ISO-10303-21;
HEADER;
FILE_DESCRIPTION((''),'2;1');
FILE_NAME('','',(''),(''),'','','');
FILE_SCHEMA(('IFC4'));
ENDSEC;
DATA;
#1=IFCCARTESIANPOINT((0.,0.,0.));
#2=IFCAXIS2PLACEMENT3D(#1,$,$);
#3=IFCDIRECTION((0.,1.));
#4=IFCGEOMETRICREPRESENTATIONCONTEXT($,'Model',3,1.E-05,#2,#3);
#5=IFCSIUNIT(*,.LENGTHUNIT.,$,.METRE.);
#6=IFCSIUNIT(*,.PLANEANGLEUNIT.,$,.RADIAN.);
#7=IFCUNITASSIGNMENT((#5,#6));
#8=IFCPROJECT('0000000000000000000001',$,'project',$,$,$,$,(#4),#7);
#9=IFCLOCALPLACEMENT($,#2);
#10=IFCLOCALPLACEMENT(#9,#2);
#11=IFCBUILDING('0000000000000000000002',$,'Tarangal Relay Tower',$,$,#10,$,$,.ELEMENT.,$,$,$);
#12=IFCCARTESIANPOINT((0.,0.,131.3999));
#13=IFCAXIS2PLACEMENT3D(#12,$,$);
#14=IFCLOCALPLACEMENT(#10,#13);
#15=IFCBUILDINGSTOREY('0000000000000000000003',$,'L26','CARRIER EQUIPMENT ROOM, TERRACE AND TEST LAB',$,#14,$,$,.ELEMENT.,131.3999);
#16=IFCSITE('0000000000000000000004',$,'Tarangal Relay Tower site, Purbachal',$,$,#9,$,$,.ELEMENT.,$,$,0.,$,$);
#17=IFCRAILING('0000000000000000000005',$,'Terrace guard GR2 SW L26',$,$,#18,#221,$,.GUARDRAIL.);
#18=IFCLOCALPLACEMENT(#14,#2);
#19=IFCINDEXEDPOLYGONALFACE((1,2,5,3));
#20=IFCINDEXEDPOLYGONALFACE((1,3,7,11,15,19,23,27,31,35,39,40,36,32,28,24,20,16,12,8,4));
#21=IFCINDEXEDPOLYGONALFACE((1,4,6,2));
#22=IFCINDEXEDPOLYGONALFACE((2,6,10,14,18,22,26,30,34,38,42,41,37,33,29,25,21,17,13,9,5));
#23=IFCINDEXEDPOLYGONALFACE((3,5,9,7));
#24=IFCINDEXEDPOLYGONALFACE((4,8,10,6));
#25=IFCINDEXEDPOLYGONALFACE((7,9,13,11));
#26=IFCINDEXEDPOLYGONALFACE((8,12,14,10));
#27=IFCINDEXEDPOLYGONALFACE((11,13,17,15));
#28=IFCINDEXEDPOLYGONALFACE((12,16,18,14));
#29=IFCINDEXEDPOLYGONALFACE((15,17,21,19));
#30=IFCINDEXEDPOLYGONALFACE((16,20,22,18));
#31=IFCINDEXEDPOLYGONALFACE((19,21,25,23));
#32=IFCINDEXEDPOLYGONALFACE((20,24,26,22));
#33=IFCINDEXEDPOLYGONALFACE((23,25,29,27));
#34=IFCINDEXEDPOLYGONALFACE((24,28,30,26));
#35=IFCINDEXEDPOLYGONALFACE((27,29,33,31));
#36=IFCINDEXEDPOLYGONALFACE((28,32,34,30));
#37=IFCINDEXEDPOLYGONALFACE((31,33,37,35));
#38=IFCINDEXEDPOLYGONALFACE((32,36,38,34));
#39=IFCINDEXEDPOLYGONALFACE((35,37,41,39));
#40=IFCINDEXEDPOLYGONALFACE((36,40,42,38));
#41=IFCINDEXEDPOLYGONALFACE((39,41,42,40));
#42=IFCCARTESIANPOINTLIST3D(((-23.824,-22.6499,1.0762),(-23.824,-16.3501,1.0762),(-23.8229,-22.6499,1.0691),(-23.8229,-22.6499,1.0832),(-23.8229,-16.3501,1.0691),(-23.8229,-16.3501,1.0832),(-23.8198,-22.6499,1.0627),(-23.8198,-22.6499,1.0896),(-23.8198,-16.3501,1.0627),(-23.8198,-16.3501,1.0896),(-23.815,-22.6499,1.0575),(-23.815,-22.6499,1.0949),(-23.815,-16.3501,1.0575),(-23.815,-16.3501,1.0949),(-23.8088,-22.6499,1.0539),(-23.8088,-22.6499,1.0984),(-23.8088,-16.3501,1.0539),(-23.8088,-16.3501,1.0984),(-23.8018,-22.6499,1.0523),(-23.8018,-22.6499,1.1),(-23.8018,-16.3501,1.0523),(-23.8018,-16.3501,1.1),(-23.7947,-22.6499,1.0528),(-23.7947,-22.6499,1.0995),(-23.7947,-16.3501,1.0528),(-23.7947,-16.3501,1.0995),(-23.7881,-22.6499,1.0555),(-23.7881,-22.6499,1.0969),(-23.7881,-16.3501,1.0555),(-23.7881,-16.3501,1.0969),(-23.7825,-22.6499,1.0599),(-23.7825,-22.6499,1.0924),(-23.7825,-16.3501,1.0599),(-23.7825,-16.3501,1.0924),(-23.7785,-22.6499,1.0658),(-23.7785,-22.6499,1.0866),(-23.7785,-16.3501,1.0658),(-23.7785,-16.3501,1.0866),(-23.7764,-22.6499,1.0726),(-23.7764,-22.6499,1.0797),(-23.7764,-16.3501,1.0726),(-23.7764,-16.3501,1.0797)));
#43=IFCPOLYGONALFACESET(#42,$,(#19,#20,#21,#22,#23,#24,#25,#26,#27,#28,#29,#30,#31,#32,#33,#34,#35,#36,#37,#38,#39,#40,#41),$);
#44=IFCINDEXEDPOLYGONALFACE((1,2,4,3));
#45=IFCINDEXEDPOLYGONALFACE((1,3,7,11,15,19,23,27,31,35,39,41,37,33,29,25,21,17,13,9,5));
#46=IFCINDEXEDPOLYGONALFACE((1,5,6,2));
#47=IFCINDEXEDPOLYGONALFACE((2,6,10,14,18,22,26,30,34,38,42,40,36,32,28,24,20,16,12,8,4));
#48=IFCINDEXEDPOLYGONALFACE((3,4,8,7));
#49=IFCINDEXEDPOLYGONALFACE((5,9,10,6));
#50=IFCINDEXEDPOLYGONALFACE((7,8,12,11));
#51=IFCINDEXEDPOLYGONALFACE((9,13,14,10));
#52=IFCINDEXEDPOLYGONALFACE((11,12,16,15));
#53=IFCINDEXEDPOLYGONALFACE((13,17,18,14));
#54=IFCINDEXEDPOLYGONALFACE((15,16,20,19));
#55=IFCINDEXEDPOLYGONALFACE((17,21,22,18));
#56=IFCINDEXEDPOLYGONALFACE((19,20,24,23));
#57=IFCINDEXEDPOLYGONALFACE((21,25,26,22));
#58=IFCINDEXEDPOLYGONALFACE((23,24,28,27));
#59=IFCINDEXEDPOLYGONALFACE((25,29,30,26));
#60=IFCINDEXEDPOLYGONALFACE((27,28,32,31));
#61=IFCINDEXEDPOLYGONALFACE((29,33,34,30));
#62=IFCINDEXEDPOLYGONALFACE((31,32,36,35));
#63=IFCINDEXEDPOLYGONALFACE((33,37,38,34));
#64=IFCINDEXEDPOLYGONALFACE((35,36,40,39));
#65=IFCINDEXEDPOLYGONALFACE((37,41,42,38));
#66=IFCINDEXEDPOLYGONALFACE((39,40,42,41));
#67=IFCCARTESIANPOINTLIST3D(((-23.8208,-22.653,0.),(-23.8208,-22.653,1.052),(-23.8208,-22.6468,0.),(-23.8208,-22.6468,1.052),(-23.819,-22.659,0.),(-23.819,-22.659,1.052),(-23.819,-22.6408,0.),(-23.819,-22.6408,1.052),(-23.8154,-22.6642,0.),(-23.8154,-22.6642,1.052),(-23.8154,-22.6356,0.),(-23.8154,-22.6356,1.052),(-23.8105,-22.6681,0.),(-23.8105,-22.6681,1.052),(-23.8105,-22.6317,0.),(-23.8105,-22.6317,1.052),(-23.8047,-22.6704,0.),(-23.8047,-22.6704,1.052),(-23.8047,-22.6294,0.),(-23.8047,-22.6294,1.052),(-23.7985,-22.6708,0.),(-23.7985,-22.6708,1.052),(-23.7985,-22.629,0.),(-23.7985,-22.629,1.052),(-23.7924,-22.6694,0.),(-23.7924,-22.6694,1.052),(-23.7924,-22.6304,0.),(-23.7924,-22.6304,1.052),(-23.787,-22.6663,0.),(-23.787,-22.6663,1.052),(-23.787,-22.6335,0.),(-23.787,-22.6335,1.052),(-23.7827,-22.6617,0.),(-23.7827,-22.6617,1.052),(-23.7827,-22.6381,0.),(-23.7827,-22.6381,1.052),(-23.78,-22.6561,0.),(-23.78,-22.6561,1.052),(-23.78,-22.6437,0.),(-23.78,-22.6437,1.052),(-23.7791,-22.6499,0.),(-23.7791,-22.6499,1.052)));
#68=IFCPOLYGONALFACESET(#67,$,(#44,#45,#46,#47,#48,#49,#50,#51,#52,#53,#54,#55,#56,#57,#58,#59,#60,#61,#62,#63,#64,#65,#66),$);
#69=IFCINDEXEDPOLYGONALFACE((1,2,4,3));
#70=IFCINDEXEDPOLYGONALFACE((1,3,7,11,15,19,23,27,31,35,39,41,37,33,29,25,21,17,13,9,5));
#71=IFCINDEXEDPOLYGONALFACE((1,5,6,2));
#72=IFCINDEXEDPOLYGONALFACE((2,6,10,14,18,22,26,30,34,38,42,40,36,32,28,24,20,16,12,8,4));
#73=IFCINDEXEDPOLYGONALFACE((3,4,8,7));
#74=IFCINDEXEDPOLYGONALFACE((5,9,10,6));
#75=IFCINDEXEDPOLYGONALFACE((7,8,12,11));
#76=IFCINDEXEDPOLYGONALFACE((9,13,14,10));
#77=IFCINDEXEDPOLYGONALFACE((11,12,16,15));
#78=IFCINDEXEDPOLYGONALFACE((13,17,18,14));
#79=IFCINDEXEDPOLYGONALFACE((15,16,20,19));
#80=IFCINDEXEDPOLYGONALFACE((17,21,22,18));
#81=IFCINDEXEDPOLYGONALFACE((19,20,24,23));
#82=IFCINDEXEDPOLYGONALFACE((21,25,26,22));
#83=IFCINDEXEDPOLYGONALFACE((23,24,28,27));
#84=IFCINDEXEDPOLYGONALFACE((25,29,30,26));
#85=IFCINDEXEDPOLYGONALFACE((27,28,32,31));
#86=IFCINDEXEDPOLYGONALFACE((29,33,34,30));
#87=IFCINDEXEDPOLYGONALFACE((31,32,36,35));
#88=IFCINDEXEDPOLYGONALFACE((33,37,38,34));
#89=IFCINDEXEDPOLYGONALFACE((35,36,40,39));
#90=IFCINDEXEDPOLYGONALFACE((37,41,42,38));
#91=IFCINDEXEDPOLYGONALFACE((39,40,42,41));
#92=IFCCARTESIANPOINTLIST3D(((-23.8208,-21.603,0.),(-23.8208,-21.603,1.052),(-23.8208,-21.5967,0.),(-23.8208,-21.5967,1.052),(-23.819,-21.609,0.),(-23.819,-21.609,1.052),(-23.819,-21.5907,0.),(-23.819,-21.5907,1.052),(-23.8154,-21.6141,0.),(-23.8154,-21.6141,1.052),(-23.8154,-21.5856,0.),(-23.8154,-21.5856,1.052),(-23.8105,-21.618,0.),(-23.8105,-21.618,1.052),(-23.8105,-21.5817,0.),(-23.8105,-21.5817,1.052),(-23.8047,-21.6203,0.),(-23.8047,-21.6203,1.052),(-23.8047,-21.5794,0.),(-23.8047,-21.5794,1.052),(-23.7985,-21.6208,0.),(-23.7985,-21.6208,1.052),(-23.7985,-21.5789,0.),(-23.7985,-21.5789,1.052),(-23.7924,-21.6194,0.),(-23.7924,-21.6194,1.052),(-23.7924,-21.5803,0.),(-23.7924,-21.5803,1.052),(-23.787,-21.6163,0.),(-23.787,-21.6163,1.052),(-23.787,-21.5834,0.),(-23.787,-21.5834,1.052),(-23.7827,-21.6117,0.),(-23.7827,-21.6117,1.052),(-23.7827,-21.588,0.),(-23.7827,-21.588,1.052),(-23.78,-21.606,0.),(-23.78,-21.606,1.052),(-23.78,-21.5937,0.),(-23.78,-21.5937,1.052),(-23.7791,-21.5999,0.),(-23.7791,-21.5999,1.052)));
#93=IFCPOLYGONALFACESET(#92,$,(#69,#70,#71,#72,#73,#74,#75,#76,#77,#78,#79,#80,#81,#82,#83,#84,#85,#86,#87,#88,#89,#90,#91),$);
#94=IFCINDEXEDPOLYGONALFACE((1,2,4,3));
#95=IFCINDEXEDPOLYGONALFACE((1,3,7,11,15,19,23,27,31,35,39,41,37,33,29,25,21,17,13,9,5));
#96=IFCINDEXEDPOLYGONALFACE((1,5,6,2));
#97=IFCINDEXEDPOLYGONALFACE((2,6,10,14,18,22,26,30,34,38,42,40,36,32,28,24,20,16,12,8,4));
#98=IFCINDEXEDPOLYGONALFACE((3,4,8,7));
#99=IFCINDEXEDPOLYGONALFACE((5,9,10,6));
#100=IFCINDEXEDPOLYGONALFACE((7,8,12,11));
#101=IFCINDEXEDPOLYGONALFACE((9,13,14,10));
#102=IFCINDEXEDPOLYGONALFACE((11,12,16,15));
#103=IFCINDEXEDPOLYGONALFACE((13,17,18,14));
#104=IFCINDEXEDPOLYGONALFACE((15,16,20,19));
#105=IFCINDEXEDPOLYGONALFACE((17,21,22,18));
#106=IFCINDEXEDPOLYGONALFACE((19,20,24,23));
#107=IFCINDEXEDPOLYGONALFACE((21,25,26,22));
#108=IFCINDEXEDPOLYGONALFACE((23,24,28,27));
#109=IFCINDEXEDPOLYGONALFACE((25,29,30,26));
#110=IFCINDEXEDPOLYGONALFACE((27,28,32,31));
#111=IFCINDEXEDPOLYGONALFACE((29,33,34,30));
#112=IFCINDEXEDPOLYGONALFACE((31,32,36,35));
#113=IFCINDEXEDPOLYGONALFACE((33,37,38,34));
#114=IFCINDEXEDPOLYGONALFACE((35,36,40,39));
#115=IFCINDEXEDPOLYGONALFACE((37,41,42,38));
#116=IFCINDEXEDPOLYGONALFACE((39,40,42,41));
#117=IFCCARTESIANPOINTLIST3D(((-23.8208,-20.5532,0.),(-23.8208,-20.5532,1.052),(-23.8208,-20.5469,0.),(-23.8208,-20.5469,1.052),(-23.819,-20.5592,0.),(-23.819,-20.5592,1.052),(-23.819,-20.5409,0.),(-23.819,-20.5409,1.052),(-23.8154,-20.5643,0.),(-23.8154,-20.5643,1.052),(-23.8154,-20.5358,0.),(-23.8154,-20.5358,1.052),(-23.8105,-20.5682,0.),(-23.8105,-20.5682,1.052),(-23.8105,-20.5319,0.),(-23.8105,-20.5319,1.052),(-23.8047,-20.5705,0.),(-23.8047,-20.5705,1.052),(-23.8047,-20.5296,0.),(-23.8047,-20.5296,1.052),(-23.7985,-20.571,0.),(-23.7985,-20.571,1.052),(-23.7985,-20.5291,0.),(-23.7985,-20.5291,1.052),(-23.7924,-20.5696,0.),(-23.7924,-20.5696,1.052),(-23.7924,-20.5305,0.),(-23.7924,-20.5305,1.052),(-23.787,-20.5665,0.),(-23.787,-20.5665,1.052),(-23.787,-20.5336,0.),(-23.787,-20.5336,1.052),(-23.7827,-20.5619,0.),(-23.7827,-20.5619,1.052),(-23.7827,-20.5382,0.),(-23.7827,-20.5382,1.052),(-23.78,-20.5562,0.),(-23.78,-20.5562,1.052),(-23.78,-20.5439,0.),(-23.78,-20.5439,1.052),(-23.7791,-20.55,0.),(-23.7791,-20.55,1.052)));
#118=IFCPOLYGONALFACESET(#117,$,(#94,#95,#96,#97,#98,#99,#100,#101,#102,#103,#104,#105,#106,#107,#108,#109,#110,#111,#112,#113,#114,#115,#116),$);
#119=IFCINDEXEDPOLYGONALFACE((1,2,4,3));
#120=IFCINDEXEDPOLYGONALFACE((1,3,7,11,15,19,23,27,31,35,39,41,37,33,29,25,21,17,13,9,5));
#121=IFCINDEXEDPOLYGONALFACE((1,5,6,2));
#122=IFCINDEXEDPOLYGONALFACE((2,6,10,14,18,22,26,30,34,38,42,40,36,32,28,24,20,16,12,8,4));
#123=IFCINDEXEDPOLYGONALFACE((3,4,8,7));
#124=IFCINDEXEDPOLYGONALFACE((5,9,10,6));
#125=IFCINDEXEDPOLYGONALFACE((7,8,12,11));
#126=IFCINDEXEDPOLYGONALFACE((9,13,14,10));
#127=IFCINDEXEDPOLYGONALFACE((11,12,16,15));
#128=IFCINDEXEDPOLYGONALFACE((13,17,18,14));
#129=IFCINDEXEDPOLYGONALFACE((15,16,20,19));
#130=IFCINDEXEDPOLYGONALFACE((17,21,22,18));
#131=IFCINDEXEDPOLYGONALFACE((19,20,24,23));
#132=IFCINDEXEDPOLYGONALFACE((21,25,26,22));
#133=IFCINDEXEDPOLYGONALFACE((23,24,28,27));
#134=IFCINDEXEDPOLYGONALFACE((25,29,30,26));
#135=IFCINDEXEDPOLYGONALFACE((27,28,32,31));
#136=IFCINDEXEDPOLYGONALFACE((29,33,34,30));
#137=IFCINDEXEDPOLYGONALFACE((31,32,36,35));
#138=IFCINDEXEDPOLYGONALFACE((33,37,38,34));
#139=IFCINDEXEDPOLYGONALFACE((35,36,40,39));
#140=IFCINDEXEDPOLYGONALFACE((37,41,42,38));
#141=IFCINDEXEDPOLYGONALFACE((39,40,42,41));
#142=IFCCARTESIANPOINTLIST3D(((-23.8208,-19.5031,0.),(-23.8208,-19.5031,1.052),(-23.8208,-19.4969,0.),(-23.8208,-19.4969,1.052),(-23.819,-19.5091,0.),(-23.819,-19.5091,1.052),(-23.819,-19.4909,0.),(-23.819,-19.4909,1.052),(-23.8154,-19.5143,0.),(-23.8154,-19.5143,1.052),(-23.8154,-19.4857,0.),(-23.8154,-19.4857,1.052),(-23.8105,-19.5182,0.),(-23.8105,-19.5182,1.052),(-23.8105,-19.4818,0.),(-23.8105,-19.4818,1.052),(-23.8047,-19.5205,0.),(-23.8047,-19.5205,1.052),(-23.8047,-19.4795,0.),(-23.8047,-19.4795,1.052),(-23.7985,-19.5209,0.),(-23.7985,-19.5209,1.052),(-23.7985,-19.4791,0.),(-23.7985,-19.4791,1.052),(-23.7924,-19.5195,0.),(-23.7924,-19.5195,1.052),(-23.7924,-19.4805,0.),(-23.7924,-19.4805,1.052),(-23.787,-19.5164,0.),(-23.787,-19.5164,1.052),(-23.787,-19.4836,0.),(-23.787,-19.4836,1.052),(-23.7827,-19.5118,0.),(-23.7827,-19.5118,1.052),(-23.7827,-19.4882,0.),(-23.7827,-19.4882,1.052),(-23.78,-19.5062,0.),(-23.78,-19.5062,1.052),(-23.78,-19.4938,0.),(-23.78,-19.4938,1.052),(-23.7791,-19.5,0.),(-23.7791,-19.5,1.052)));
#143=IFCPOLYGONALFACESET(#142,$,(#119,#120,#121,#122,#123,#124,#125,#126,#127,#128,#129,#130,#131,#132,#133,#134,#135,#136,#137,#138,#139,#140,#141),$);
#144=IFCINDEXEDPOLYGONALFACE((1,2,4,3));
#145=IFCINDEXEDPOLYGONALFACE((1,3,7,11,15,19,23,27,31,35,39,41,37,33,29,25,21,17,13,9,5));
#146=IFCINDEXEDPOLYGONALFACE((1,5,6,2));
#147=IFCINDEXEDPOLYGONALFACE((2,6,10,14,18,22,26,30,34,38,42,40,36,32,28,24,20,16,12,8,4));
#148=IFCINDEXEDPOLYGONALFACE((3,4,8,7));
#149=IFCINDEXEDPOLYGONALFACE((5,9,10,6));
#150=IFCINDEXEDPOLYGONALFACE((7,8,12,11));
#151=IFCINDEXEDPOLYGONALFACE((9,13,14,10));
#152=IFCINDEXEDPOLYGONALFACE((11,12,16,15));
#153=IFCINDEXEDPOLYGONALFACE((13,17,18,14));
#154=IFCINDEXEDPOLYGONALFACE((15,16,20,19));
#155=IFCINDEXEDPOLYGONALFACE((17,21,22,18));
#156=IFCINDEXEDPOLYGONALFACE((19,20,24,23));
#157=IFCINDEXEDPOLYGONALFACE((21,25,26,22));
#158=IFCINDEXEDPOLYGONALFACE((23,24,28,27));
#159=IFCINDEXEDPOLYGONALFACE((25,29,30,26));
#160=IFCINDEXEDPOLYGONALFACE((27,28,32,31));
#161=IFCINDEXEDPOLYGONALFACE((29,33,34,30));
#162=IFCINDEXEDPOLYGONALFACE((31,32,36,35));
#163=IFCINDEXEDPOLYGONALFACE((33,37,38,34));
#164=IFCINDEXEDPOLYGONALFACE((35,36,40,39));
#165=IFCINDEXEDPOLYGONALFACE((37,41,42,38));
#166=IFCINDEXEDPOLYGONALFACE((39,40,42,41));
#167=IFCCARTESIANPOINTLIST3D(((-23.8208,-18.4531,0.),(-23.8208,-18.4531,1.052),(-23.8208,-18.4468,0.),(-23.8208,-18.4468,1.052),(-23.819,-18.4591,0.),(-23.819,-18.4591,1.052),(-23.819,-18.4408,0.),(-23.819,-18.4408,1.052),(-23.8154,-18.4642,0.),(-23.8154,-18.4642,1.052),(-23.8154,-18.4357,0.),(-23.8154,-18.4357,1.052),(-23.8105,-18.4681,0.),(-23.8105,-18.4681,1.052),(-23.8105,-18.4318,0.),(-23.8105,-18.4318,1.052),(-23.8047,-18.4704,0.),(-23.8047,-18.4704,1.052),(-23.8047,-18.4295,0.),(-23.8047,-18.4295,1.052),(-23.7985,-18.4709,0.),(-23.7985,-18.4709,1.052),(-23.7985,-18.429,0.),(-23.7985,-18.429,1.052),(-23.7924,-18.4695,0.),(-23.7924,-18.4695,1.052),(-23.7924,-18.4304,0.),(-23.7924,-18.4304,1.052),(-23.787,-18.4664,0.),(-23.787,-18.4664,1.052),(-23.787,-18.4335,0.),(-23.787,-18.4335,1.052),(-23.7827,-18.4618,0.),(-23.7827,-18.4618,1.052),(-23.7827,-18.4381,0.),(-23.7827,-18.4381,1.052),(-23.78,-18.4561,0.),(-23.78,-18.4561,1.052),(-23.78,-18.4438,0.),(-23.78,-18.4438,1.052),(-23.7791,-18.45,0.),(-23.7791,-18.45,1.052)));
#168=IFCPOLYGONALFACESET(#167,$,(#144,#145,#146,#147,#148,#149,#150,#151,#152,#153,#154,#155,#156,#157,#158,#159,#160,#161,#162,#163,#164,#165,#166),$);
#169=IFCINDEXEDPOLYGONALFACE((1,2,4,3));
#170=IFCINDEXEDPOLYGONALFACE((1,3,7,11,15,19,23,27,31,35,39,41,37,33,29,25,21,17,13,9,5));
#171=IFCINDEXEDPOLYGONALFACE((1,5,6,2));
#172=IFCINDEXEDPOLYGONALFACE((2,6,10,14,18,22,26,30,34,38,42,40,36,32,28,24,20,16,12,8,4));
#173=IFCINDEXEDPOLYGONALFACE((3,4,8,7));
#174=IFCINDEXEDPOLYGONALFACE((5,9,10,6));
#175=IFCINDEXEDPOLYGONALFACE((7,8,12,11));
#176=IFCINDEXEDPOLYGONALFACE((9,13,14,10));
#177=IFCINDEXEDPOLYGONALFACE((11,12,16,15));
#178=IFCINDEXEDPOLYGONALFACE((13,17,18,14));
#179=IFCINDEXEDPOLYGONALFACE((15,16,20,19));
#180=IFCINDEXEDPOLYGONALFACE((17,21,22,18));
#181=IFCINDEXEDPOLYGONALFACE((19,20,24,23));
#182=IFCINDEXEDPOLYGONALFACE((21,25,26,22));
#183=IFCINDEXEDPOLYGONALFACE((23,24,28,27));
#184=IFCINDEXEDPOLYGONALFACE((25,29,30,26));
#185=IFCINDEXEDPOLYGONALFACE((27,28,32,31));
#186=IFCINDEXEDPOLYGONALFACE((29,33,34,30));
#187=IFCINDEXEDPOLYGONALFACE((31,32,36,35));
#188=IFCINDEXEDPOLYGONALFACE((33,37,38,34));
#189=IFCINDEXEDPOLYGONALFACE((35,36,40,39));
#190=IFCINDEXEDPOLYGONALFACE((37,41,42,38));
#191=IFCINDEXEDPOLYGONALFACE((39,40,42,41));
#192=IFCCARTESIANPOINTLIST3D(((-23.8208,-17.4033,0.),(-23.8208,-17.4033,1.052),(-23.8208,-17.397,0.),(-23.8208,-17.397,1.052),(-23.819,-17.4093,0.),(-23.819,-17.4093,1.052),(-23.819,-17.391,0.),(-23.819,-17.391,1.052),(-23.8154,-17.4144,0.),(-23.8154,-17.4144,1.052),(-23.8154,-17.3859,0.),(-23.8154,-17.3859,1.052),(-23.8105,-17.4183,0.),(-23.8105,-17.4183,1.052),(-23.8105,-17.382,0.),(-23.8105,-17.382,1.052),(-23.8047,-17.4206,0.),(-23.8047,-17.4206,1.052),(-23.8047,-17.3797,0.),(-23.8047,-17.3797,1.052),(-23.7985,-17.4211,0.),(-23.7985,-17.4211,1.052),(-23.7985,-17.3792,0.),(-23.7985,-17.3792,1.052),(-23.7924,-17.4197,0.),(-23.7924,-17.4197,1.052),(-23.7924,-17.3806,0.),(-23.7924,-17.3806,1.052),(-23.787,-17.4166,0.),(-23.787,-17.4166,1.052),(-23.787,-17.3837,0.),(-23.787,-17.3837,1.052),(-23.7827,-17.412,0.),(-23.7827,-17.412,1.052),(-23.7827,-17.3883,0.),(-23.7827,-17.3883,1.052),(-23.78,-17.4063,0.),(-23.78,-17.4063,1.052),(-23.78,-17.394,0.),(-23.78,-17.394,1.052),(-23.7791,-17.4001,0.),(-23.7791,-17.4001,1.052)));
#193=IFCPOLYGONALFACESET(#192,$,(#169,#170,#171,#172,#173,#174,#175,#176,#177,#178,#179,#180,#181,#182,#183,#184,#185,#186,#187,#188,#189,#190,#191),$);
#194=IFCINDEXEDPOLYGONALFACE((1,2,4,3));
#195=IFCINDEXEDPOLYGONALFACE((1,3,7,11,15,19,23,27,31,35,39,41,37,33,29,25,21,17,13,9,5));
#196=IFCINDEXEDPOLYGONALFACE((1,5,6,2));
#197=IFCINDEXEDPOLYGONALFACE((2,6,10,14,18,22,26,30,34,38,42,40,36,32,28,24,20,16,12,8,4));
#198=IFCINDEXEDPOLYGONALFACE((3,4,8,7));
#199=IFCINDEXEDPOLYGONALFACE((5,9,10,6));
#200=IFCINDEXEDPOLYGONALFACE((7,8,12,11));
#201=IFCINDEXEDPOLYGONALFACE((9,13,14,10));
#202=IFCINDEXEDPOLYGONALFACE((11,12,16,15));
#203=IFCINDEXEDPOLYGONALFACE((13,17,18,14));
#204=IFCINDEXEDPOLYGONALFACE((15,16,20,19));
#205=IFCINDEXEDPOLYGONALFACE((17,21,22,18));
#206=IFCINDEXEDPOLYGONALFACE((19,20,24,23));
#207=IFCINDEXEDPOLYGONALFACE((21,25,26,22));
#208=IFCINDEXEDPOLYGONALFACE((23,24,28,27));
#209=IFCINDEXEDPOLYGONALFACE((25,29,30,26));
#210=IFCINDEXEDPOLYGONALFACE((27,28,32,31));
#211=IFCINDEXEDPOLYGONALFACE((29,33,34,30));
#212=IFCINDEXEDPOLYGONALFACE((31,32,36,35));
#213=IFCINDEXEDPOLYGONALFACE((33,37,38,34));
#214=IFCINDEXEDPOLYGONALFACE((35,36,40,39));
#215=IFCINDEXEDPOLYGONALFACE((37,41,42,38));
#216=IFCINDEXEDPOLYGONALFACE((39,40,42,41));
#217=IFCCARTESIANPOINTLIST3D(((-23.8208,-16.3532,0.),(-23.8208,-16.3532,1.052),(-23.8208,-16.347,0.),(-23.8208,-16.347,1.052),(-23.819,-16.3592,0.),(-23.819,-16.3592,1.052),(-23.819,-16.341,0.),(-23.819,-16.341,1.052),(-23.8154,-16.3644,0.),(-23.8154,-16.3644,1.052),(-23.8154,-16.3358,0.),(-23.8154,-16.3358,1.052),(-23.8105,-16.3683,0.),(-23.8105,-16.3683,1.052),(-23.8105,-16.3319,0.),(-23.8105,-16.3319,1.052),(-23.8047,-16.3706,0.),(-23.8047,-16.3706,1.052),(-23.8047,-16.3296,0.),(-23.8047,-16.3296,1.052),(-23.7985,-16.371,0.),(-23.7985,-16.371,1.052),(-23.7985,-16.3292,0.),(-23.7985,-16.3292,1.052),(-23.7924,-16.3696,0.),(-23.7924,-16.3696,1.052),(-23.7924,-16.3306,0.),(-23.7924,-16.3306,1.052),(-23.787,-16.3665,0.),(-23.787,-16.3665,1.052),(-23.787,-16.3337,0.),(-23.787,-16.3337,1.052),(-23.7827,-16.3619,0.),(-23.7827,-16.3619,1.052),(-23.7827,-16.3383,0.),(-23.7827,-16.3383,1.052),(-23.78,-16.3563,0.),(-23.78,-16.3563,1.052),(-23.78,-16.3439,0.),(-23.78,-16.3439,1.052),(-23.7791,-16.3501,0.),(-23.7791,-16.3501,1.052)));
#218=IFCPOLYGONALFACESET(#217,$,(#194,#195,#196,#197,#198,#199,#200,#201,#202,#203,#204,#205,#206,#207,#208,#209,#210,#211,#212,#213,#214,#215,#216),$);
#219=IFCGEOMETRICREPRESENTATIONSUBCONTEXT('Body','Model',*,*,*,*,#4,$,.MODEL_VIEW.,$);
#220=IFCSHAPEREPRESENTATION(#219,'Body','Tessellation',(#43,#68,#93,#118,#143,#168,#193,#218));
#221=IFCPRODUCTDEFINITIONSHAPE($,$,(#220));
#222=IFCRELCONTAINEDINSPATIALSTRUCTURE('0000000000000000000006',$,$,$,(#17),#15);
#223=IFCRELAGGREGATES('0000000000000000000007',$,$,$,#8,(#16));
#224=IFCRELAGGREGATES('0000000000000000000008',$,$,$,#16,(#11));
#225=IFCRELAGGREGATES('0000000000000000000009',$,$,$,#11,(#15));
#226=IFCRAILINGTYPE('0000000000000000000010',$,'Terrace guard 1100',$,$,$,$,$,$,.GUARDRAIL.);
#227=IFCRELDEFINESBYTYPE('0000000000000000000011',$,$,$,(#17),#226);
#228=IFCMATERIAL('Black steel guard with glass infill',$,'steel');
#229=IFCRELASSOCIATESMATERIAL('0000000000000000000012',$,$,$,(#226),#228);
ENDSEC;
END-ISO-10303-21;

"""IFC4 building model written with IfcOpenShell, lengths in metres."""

from ifc_helpers import new_model, si_unit, direction, frame, origin, origin_2d, place, context, subcontext, project, spatial, circle, extrude, material, type_object, element, save


model = new_model("IFC4")

# Units and contexts
model_context = context("Model", 3, precision=1e-05, world=origin(), true_north=direction((0.0, 1.0)))
body_context = subcontext(model_context, "Body", "Model", "MODEL_VIEW")
ifc_project = project(units=[si_unit("LENGTHUNIT", "METRE"), si_unit("PLANEANGLEUNIT", "RADIAN")], contexts=[model_context])

# Site, building, storey
site_placement = place(None, origin())
site = spatial("IfcSite", under=ifc_project, at=site_placement, Name="Tarangal Relay Tower site, Purbachal", CompositionType="ELEMENT", RefElevation=0.0)
building_placement = place(site_placement, origin())
building = spatial("IfcBuilding", under=site, at=building_placement, Name="Tarangal Relay Tower", CompositionType="ELEMENT")
storey_placement = place(building_placement, frame((0.0, 0.0, 131.3999)))
storey = spatial("IfcBuildingStorey", under=building, at=storey_placement, Name="L26", Description="CARRIER EQUIPMENT ROOM, TERRACE AND TEST LAB", CompositionType="ELEMENT", Elevation=131.3999)

# Railing
ifc_material_1 = material(Name="Black steel guard with glass infill", Category="steel")
railing_type = type_object("IfcRailingType", Name="Terrace guard 1100", PredefinedType="GUARDRAIL", material=ifc_material_1)
railing_placement = place(storey_placement, frame((-23.8, -22.6499, 0.0)))
element("IfcRailing", 1, at=railing_placement, inside=storey, type_object=railing_type, Name="Terrace guard GR2 SW L26", PredefinedType="GUARDRAIL", context=body_context, shape_type="SweptSolid", body=[
    extrude(circle(Radius=0.0239, at=origin_2d()), frame((0.0, 0.0, 1.0762), z_axis=(0.0, 1.0, 0.0), x_axis=(-1.0, 0.0, 0.0)), (0.0, 0.0, 1.0), 6.2998),
    extrude(circle(Radius=0.021, at=origin_2d()), origin(), (0.0, 0.0, 1.0), 1.052),
    extrude(circle(Radius=0.021, at=origin_2d()), frame((0.0, 1.05, 0.0)), (0.0, 0.0, 1.0), 1.052),
    extrude(circle(Radius=0.021, at=origin_2d()), frame((0.0, 2.0999, 0.0)), (0.0, 0.0, 1.0), 1.052),
    extrude(circle(Radius=0.021, at=origin_2d()), frame((0.0, 3.1499, 0.0)), (0.0, 0.0, 1.0), 1.052),
    extrude(circle(Radius=0.021, at=origin_2d()), frame((0.0, 4.2, 0.0)), (0.0, 0.0, 1.0), 1.052),
    extrude(circle(Radius=0.021, at=origin_2d()), frame((0.0, 5.2498, 0.0)), (0.0, 0.0, 1.0), 1.052),
    extrude(circle(Radius=0.021, at=origin_2d()), frame((0.0, 6.2998, 0.0)), (0.0, 0.0, 1.0), 1.052),
])

save(model, "model.ifc")
